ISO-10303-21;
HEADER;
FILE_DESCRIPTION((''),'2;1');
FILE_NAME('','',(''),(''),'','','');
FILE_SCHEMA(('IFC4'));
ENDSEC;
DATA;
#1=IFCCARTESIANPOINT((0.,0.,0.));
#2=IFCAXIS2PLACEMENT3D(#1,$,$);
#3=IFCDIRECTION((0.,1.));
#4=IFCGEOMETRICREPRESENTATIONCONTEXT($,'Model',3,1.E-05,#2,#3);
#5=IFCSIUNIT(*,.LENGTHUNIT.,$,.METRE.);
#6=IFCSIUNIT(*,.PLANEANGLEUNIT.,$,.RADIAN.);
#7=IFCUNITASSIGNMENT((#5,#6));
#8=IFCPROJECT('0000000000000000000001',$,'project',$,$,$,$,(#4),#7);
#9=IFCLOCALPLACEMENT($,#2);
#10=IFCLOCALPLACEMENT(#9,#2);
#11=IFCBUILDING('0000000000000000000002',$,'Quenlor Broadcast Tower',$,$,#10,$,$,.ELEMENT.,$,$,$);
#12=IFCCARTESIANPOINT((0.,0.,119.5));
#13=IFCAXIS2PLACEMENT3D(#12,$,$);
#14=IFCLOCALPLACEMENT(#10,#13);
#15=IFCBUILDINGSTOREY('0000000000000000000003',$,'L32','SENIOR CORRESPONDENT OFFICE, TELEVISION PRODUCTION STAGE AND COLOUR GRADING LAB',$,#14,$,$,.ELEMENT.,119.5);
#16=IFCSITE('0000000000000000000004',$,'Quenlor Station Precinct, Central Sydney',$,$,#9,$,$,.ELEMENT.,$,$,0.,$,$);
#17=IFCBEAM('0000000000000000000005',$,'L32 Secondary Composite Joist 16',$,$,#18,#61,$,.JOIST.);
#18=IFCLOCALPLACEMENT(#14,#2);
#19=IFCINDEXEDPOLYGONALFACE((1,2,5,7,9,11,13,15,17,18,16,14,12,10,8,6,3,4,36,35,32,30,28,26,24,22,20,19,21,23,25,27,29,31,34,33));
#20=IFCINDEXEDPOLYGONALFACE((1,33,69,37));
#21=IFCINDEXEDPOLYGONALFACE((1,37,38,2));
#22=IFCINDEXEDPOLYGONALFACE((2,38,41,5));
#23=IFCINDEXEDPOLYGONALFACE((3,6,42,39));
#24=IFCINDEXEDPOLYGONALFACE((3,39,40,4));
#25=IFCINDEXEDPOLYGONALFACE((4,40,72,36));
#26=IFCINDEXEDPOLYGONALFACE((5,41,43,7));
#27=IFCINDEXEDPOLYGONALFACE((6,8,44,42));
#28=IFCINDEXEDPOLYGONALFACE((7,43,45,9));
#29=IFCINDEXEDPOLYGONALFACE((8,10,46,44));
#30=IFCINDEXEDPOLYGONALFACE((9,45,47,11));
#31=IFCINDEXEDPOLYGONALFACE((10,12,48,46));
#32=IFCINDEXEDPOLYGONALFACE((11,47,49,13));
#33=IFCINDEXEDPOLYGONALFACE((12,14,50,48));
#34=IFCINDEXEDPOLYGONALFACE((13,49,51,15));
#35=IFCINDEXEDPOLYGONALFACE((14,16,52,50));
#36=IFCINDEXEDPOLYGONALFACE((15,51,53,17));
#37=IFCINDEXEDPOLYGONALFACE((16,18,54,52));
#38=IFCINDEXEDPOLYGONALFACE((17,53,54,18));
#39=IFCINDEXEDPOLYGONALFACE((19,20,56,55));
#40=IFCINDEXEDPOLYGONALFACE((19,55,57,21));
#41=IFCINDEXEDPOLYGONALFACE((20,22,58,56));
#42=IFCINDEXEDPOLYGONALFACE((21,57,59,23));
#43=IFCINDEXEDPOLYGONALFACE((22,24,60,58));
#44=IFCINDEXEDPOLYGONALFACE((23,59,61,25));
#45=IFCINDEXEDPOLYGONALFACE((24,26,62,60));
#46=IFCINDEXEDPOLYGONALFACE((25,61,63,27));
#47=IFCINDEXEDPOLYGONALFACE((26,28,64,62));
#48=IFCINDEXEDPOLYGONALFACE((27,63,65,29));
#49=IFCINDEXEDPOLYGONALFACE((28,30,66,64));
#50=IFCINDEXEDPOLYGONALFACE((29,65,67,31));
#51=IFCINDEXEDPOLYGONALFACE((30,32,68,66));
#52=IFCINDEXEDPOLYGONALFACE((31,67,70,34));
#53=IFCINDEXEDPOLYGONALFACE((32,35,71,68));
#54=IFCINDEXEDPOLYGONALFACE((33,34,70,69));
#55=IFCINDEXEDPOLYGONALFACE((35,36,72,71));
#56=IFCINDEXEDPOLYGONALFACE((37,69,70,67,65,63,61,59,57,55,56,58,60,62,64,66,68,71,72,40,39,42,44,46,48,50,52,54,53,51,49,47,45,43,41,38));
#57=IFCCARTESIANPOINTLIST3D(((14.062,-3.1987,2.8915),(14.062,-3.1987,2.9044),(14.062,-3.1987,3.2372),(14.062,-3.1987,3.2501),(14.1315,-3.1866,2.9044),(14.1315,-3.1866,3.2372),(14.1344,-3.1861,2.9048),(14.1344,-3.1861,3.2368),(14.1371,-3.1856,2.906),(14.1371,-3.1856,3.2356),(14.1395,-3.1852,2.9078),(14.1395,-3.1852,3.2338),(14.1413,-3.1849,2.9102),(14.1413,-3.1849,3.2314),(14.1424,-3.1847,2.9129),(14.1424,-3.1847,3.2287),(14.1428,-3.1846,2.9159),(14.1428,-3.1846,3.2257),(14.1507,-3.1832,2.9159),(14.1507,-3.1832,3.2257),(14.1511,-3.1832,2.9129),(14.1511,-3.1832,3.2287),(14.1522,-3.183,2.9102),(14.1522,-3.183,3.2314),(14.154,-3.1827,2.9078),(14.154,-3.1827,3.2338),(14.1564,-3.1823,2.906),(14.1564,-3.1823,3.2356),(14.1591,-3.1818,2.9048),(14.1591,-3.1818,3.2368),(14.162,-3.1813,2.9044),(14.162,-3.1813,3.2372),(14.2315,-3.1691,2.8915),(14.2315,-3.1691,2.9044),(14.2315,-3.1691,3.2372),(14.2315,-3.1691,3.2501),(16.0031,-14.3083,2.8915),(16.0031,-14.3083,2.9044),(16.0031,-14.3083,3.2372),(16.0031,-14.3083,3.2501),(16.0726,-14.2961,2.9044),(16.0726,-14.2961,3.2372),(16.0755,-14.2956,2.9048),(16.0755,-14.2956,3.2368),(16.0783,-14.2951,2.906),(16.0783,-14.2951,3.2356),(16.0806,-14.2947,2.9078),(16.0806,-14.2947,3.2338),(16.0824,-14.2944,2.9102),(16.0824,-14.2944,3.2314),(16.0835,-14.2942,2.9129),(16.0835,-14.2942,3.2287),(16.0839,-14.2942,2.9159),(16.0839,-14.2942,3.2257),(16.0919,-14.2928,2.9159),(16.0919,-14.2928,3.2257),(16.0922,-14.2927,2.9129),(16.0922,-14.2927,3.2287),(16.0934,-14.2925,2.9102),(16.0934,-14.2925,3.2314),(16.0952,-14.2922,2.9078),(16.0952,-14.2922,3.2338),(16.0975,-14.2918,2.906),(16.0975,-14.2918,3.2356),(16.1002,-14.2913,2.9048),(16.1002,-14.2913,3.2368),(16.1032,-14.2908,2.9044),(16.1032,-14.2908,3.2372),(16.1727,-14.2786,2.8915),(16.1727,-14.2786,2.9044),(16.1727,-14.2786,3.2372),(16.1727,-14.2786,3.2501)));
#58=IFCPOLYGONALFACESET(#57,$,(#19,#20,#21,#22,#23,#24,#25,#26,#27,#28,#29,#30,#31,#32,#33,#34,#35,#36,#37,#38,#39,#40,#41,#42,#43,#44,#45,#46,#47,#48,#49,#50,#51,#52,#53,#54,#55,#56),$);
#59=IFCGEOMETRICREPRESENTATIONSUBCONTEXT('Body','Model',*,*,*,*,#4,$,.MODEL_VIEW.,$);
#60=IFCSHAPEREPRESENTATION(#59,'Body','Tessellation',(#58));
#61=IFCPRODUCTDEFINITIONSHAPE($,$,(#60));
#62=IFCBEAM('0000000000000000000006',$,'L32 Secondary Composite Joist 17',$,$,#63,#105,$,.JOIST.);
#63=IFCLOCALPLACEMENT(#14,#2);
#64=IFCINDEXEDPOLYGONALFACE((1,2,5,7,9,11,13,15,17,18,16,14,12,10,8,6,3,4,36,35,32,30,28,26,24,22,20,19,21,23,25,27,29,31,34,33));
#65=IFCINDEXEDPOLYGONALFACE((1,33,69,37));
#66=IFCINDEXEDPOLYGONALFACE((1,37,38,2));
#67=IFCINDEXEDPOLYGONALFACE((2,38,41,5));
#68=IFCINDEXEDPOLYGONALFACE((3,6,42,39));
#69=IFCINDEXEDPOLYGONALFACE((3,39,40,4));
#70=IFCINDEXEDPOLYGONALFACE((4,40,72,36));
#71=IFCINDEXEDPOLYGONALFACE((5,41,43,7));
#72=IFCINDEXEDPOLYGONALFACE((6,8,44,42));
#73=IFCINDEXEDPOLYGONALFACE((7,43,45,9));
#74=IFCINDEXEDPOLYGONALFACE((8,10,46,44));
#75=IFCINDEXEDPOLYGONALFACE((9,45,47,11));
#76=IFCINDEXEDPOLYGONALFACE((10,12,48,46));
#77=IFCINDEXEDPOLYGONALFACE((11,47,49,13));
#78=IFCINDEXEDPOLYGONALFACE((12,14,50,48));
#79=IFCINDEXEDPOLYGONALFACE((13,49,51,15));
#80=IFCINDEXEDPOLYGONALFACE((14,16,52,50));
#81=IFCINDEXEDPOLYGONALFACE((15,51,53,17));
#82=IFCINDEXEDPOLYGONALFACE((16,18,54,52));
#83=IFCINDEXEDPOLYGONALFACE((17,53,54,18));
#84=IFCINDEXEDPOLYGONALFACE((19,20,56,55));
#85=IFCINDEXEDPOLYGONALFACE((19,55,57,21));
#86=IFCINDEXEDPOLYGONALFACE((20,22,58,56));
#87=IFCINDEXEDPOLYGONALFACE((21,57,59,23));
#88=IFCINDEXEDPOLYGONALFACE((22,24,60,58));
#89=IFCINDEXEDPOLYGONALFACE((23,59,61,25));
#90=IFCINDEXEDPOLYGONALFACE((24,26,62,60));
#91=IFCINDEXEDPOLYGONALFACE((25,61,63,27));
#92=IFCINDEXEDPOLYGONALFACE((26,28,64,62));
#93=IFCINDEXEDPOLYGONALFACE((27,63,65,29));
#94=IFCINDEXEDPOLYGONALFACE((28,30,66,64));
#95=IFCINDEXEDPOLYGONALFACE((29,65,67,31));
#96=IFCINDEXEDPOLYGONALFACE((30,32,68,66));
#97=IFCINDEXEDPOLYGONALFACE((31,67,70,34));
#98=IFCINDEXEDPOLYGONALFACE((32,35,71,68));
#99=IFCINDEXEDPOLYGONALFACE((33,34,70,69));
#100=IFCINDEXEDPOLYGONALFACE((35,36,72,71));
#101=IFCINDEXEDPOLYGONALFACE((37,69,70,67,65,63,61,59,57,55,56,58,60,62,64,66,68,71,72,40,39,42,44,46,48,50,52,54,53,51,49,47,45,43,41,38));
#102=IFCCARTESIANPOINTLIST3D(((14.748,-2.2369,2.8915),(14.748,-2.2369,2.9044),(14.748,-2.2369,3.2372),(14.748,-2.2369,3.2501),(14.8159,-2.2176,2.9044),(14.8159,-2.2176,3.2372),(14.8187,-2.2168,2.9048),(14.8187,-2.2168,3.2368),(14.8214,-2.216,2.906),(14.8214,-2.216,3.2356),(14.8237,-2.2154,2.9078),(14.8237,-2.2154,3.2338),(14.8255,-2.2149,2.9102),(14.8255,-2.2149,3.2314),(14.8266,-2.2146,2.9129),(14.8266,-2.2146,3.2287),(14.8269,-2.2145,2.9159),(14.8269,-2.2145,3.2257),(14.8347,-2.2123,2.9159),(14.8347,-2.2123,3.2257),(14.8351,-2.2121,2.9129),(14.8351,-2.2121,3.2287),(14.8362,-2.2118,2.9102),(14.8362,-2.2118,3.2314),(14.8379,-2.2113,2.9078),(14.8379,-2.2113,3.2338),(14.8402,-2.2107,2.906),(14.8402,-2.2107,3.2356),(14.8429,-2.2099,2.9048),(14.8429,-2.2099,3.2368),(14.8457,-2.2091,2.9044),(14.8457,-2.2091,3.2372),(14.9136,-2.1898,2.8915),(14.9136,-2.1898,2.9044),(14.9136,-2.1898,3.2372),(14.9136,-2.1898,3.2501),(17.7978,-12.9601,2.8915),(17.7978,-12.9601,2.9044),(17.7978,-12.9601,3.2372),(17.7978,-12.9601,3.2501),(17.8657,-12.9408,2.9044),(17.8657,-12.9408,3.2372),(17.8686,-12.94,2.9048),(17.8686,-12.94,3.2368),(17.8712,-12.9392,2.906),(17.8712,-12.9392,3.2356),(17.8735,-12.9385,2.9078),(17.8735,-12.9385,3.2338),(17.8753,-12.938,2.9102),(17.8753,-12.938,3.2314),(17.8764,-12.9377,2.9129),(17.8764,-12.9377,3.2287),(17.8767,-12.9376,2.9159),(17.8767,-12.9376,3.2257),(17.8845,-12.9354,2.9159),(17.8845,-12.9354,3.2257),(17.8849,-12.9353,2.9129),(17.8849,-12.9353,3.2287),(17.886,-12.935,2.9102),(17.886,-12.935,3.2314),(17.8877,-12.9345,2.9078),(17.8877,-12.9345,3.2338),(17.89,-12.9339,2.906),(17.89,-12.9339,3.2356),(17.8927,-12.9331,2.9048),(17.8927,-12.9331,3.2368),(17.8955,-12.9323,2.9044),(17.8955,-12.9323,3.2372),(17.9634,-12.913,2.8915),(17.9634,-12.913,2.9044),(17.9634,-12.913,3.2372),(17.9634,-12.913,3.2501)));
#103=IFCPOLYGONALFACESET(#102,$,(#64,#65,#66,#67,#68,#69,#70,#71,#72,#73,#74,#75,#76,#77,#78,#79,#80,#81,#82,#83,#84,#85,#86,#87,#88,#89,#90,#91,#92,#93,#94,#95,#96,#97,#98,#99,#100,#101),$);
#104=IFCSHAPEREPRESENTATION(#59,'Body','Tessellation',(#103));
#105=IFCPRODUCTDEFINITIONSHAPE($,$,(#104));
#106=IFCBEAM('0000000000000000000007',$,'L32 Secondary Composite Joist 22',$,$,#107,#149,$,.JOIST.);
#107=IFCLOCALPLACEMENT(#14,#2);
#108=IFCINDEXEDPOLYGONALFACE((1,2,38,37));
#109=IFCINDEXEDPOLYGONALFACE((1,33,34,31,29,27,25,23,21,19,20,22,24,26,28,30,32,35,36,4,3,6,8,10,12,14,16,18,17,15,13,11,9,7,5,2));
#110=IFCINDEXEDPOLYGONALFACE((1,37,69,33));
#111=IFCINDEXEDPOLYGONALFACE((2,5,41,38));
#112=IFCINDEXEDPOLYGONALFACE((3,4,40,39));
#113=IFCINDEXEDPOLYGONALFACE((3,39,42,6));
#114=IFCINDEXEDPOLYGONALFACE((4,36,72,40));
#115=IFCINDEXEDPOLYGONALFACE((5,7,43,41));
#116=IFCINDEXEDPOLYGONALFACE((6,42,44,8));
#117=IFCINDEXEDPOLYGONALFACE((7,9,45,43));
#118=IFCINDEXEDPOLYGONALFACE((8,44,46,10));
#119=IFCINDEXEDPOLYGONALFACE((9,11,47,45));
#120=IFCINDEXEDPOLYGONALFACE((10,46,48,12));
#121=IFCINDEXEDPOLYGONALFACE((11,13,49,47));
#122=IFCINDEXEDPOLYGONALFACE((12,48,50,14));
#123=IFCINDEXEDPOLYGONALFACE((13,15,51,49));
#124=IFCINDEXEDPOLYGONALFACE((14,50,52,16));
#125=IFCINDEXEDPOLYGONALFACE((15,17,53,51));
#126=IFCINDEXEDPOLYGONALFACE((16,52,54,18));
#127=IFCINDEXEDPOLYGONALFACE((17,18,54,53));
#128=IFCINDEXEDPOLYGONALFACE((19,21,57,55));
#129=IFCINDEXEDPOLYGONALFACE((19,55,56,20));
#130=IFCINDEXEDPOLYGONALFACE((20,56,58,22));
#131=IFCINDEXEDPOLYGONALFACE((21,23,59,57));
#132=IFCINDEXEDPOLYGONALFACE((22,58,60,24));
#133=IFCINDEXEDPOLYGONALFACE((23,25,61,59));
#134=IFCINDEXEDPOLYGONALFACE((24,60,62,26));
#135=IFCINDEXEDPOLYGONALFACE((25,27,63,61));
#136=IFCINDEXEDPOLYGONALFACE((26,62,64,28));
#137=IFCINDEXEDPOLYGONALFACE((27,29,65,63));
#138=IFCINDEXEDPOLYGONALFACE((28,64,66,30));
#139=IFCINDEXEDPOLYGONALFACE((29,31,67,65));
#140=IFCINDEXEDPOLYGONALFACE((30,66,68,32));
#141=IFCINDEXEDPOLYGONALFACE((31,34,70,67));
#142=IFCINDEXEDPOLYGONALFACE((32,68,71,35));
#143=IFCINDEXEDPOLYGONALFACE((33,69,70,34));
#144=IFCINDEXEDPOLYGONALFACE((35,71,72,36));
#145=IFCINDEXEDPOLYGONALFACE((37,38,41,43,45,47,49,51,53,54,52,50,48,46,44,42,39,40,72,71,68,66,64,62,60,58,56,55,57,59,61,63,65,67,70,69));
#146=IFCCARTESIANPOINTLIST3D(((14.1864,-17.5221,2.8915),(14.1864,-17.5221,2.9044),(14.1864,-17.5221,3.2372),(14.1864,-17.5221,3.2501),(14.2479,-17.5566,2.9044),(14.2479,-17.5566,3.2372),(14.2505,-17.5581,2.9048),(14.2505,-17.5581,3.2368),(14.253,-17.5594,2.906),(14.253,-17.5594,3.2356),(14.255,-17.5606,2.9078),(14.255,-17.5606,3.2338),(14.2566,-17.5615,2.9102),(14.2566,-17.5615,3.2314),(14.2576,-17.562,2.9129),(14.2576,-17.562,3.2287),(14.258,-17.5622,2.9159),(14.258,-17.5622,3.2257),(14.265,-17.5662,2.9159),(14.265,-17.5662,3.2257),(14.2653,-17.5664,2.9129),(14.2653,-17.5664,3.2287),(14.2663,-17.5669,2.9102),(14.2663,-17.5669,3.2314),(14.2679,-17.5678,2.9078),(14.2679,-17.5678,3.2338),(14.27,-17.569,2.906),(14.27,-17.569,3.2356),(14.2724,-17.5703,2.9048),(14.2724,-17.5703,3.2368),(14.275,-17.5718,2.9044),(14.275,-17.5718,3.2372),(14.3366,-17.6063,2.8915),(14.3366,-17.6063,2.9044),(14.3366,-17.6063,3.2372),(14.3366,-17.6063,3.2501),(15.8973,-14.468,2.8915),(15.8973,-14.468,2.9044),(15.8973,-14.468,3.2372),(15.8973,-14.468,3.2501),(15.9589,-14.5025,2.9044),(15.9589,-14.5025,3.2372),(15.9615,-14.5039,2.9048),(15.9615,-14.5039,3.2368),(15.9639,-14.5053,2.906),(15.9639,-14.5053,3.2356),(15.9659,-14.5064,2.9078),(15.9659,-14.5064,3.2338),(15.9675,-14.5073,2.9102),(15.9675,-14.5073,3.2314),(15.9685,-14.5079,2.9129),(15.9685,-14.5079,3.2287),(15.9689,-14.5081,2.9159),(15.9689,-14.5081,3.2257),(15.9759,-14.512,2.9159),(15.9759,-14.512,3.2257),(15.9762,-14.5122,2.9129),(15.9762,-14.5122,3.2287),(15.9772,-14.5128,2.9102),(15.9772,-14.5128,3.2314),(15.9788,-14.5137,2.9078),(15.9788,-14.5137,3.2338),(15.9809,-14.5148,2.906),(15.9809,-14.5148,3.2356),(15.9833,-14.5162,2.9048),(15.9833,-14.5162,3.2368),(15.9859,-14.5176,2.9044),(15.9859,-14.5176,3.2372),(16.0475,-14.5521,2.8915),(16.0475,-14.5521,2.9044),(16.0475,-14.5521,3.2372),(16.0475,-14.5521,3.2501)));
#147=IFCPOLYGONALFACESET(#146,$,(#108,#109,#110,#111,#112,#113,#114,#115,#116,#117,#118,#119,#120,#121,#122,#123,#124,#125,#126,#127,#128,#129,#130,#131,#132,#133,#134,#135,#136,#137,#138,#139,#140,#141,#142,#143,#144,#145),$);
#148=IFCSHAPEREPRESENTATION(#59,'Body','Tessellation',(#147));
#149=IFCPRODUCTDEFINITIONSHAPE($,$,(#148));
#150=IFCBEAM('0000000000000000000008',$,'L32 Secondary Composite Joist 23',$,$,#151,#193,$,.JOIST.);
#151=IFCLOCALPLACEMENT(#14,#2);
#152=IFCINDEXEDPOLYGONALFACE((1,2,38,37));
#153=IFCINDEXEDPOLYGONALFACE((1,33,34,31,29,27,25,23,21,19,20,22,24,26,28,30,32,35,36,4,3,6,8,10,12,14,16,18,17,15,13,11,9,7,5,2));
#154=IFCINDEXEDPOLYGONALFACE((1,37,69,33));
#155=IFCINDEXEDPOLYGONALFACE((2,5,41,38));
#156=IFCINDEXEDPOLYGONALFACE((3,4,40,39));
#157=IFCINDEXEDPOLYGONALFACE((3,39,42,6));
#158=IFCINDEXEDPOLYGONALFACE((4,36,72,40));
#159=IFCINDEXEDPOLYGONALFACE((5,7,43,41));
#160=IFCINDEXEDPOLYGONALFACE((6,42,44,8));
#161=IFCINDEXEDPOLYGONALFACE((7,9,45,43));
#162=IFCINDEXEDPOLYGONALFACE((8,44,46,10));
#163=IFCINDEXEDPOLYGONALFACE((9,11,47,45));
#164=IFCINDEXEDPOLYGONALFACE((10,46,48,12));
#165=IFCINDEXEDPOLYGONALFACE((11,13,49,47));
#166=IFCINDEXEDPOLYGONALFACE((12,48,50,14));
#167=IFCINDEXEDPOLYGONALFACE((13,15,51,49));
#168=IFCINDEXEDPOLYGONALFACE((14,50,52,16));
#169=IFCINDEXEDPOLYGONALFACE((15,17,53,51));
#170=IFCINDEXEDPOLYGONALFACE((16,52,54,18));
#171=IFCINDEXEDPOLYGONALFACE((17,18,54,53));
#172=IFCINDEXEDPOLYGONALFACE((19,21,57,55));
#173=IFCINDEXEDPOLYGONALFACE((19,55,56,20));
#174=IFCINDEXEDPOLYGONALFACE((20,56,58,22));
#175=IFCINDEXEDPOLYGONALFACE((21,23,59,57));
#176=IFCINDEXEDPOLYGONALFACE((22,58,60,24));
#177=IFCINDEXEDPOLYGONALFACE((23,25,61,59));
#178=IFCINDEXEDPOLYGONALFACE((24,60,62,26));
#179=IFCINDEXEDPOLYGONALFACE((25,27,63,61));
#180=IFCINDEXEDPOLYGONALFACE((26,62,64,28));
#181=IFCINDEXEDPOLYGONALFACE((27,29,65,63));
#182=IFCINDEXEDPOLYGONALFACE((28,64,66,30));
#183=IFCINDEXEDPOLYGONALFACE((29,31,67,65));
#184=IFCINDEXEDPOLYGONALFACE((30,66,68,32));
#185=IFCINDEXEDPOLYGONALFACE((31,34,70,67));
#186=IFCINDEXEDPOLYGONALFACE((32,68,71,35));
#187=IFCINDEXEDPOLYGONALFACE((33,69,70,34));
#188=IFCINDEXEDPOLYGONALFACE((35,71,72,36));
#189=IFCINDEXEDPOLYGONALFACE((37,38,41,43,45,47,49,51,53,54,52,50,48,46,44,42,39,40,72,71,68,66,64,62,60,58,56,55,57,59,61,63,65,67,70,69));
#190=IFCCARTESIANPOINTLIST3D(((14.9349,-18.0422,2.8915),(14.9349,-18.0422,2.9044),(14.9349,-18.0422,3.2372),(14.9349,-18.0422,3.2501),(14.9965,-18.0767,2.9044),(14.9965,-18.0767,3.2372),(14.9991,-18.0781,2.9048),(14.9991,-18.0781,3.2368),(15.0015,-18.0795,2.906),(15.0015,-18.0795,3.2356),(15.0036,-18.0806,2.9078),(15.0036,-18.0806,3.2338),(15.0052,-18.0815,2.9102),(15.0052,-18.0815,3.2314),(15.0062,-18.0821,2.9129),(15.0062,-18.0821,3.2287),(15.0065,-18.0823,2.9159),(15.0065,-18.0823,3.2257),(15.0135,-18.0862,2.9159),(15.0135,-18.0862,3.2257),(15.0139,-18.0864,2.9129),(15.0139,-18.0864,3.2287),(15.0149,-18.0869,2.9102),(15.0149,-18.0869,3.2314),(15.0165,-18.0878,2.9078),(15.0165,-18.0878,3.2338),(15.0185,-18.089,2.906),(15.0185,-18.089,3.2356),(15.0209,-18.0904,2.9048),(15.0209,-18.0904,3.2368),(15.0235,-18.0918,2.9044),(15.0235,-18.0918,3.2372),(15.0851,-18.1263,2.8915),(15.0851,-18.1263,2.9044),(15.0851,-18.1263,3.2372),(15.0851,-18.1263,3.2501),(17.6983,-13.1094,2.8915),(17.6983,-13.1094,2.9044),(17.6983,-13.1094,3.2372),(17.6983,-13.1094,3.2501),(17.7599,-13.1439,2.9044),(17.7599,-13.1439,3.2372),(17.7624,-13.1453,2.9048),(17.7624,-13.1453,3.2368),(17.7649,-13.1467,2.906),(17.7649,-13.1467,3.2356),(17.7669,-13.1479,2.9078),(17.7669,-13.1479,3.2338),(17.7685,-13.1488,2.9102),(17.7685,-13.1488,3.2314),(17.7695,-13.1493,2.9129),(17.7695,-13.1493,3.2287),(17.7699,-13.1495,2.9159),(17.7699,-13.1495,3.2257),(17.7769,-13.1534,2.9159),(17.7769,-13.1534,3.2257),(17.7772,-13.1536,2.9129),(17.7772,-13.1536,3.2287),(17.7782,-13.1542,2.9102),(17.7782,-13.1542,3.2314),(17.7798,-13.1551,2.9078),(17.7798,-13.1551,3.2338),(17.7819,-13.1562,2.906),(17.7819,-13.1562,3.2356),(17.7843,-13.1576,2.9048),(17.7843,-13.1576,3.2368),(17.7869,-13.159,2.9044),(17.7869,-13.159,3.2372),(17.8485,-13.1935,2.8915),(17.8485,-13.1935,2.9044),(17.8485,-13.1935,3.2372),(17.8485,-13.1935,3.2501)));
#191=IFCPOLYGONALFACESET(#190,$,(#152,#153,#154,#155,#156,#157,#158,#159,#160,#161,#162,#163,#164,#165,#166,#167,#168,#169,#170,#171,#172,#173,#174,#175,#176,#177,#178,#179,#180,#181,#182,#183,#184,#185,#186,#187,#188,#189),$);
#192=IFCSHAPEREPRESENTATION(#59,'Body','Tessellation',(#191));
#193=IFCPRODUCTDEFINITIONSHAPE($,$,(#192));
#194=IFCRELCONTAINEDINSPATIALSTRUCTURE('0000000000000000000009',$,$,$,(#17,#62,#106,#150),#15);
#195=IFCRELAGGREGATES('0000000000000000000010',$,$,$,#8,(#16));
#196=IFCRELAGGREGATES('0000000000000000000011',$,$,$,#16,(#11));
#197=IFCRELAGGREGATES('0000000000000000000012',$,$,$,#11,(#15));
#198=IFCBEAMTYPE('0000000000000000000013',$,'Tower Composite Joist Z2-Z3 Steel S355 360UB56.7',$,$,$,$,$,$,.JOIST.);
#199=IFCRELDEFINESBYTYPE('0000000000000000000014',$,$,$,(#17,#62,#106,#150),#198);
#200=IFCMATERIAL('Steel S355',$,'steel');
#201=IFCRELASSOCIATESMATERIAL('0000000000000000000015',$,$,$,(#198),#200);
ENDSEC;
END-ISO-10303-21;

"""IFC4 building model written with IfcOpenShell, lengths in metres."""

from ifc_helpers import new_model, si_unit, direction, frame, origin, origin_2d, place, context, subcontext, project, spatial, i_section, extrude, material, material_profile, profile_set, type_object, element, save


model = new_model("IFC4")

# Units and contexts
model_context = context("Model", 3, precision=1e-05, world=origin(), true_north=direction((0.0, 1.0)))
body_context = subcontext(model_context, "Body", "Model", "MODEL_VIEW")
ifc_project = project(units=[si_unit("LENGTHUNIT", "METRE"), si_unit("PLANEANGLEUNIT", "RADIAN")], contexts=[model_context])

# Site, building, storey
site_placement = place(None, origin())
site = spatial("IfcSite", under=ifc_project, at=site_placement, Name="Quenlor Station Precinct, Central Sydney", CompositionType="ELEMENT", RefElevation=0.0)
building_placement = place(site_placement, origin())
building = spatial("IfcBuilding", under=site, at=building_placement, Name="Quenlor Broadcast Tower", CompositionType="ELEMENT")
storey_placement = place(building_placement, frame((0.0, 0.0, 119.5)))
storey = spatial("IfcBuildingStorey", under=building, at=storey_placement, Name="L32", Description="SENIOR CORRESPONDENT OFFICE, TELEVISION PRODUCTION STAGE AND COLOUR GRADING LAB", CompositionType="ELEMENT", Elevation=119.5)

# Beams
ifc_material_1 = material(Name="Steel S355", Category="steel")
ifc_material_profile_1 = material_profile(ifc_material_1, i_section(OverallWidth=0.1721, OverallDepth=0.3586, WebThickness=0.0081, FlangeThickness=0.0129, FilletRadius=0.0115, at=origin_2d()))
ifc_profile_set_1 = profile_set([ifc_material_profile_1], Name="Steel S355 360UB56.7")
beam_type_1 = type_object("IfcBeamType", Name="Tower Composite Joist Z2-Z3 Steel S355 360UB56.7", PredefinedType="JOIST", material=ifc_profile_set_1)
beam_1_placement = place(storey_placement, frame((16.0879, -14.2935, 3.0708), z_axis=(-0.17212, 0.985076, 0.0), x_axis=(-0.985076, -0.17212, 0.0)))
element("IfcBeam", 1, at=beam_1_placement, inside=storey, type_object=beam_type_1, Name="L32 Secondary Composite Joist 16", PredefinedType="JOIST", context=body_context, shape_type="SweptSolid", body=[
    extrude(i_section(OverallWidth=0.1721, OverallDepth=0.3586, WebThickness=0.0081, FlangeThickness=0.0129, FilletRadius=0.0115, at=origin_2d()), origin(), (0.0, 0.0, 1.0), 11.2778),
])
beam_2_placement = place(storey_placement, frame((17.8806, -12.9365, 3.0708), z_axis=(-0.273564, 0.961854, 0.0), x_axis=(-0.961854, -0.273564, 0.0)))
element("IfcBeam", 2, at=beam_2_placement, inside=storey, type_object=beam_type_1, Name="L32 Secondary Composite Joist 17", PredefinedType="JOIST", context=body_context, shape_type="SweptSolid", body=[
    extrude(i_section(OverallWidth=0.1721, OverallDepth=0.3586, WebThickness=0.0081, FlangeThickness=0.0129, FilletRadius=0.0115, at=origin_2d()), origin(), (0.0, 0.0, 1.0), 11.1484),
])
beam_3_placement = place(storey_placement, frame((14.2615, -17.5642, 3.0708), z_axis=(0.488731, 0.872435, 0.0), x_axis=(-0.872435, 0.488731, 0.0)))
element("IfcBeam", 3, at=beam_3_placement, inside=storey, type_object=beam_type_1, Name="L32 Secondary Composite Joist 22", PredefinedType="JOIST", context=body_context, shape_type="SweptSolid", body=[
    extrude(i_section(OverallWidth=0.1721, OverallDepth=0.3586, WebThickness=0.0081, FlangeThickness=0.0129, FilletRadius=0.0115, at=origin_2d()), origin(), (0.0, 0.0, 1.0), 3.5007),
])
beam_4_placement = place(storey_placement, frame((15.01, -18.0842, 3.0708), z_axis=(0.488741, 0.872429, 0.0), x_axis=(-0.872429, 0.488741, 0.0)))
element("IfcBeam", 4, at=beam_4_placement, inside=storey, type_object=beam_type_1, Name="L32 Secondary Composite Joist 23", PredefinedType="JOIST", context=body_context, shape_type="SweptSolid", body=[
    extrude(i_section(OverallWidth=0.1721, OverallDepth=0.3586, WebThickness=0.0081, FlangeThickness=0.0129, FilletRadius=0.0115, at=origin_2d()), origin(), (0.0, 0.0, 1.0), 5.6541),
])

save(model, "model.ifc")
